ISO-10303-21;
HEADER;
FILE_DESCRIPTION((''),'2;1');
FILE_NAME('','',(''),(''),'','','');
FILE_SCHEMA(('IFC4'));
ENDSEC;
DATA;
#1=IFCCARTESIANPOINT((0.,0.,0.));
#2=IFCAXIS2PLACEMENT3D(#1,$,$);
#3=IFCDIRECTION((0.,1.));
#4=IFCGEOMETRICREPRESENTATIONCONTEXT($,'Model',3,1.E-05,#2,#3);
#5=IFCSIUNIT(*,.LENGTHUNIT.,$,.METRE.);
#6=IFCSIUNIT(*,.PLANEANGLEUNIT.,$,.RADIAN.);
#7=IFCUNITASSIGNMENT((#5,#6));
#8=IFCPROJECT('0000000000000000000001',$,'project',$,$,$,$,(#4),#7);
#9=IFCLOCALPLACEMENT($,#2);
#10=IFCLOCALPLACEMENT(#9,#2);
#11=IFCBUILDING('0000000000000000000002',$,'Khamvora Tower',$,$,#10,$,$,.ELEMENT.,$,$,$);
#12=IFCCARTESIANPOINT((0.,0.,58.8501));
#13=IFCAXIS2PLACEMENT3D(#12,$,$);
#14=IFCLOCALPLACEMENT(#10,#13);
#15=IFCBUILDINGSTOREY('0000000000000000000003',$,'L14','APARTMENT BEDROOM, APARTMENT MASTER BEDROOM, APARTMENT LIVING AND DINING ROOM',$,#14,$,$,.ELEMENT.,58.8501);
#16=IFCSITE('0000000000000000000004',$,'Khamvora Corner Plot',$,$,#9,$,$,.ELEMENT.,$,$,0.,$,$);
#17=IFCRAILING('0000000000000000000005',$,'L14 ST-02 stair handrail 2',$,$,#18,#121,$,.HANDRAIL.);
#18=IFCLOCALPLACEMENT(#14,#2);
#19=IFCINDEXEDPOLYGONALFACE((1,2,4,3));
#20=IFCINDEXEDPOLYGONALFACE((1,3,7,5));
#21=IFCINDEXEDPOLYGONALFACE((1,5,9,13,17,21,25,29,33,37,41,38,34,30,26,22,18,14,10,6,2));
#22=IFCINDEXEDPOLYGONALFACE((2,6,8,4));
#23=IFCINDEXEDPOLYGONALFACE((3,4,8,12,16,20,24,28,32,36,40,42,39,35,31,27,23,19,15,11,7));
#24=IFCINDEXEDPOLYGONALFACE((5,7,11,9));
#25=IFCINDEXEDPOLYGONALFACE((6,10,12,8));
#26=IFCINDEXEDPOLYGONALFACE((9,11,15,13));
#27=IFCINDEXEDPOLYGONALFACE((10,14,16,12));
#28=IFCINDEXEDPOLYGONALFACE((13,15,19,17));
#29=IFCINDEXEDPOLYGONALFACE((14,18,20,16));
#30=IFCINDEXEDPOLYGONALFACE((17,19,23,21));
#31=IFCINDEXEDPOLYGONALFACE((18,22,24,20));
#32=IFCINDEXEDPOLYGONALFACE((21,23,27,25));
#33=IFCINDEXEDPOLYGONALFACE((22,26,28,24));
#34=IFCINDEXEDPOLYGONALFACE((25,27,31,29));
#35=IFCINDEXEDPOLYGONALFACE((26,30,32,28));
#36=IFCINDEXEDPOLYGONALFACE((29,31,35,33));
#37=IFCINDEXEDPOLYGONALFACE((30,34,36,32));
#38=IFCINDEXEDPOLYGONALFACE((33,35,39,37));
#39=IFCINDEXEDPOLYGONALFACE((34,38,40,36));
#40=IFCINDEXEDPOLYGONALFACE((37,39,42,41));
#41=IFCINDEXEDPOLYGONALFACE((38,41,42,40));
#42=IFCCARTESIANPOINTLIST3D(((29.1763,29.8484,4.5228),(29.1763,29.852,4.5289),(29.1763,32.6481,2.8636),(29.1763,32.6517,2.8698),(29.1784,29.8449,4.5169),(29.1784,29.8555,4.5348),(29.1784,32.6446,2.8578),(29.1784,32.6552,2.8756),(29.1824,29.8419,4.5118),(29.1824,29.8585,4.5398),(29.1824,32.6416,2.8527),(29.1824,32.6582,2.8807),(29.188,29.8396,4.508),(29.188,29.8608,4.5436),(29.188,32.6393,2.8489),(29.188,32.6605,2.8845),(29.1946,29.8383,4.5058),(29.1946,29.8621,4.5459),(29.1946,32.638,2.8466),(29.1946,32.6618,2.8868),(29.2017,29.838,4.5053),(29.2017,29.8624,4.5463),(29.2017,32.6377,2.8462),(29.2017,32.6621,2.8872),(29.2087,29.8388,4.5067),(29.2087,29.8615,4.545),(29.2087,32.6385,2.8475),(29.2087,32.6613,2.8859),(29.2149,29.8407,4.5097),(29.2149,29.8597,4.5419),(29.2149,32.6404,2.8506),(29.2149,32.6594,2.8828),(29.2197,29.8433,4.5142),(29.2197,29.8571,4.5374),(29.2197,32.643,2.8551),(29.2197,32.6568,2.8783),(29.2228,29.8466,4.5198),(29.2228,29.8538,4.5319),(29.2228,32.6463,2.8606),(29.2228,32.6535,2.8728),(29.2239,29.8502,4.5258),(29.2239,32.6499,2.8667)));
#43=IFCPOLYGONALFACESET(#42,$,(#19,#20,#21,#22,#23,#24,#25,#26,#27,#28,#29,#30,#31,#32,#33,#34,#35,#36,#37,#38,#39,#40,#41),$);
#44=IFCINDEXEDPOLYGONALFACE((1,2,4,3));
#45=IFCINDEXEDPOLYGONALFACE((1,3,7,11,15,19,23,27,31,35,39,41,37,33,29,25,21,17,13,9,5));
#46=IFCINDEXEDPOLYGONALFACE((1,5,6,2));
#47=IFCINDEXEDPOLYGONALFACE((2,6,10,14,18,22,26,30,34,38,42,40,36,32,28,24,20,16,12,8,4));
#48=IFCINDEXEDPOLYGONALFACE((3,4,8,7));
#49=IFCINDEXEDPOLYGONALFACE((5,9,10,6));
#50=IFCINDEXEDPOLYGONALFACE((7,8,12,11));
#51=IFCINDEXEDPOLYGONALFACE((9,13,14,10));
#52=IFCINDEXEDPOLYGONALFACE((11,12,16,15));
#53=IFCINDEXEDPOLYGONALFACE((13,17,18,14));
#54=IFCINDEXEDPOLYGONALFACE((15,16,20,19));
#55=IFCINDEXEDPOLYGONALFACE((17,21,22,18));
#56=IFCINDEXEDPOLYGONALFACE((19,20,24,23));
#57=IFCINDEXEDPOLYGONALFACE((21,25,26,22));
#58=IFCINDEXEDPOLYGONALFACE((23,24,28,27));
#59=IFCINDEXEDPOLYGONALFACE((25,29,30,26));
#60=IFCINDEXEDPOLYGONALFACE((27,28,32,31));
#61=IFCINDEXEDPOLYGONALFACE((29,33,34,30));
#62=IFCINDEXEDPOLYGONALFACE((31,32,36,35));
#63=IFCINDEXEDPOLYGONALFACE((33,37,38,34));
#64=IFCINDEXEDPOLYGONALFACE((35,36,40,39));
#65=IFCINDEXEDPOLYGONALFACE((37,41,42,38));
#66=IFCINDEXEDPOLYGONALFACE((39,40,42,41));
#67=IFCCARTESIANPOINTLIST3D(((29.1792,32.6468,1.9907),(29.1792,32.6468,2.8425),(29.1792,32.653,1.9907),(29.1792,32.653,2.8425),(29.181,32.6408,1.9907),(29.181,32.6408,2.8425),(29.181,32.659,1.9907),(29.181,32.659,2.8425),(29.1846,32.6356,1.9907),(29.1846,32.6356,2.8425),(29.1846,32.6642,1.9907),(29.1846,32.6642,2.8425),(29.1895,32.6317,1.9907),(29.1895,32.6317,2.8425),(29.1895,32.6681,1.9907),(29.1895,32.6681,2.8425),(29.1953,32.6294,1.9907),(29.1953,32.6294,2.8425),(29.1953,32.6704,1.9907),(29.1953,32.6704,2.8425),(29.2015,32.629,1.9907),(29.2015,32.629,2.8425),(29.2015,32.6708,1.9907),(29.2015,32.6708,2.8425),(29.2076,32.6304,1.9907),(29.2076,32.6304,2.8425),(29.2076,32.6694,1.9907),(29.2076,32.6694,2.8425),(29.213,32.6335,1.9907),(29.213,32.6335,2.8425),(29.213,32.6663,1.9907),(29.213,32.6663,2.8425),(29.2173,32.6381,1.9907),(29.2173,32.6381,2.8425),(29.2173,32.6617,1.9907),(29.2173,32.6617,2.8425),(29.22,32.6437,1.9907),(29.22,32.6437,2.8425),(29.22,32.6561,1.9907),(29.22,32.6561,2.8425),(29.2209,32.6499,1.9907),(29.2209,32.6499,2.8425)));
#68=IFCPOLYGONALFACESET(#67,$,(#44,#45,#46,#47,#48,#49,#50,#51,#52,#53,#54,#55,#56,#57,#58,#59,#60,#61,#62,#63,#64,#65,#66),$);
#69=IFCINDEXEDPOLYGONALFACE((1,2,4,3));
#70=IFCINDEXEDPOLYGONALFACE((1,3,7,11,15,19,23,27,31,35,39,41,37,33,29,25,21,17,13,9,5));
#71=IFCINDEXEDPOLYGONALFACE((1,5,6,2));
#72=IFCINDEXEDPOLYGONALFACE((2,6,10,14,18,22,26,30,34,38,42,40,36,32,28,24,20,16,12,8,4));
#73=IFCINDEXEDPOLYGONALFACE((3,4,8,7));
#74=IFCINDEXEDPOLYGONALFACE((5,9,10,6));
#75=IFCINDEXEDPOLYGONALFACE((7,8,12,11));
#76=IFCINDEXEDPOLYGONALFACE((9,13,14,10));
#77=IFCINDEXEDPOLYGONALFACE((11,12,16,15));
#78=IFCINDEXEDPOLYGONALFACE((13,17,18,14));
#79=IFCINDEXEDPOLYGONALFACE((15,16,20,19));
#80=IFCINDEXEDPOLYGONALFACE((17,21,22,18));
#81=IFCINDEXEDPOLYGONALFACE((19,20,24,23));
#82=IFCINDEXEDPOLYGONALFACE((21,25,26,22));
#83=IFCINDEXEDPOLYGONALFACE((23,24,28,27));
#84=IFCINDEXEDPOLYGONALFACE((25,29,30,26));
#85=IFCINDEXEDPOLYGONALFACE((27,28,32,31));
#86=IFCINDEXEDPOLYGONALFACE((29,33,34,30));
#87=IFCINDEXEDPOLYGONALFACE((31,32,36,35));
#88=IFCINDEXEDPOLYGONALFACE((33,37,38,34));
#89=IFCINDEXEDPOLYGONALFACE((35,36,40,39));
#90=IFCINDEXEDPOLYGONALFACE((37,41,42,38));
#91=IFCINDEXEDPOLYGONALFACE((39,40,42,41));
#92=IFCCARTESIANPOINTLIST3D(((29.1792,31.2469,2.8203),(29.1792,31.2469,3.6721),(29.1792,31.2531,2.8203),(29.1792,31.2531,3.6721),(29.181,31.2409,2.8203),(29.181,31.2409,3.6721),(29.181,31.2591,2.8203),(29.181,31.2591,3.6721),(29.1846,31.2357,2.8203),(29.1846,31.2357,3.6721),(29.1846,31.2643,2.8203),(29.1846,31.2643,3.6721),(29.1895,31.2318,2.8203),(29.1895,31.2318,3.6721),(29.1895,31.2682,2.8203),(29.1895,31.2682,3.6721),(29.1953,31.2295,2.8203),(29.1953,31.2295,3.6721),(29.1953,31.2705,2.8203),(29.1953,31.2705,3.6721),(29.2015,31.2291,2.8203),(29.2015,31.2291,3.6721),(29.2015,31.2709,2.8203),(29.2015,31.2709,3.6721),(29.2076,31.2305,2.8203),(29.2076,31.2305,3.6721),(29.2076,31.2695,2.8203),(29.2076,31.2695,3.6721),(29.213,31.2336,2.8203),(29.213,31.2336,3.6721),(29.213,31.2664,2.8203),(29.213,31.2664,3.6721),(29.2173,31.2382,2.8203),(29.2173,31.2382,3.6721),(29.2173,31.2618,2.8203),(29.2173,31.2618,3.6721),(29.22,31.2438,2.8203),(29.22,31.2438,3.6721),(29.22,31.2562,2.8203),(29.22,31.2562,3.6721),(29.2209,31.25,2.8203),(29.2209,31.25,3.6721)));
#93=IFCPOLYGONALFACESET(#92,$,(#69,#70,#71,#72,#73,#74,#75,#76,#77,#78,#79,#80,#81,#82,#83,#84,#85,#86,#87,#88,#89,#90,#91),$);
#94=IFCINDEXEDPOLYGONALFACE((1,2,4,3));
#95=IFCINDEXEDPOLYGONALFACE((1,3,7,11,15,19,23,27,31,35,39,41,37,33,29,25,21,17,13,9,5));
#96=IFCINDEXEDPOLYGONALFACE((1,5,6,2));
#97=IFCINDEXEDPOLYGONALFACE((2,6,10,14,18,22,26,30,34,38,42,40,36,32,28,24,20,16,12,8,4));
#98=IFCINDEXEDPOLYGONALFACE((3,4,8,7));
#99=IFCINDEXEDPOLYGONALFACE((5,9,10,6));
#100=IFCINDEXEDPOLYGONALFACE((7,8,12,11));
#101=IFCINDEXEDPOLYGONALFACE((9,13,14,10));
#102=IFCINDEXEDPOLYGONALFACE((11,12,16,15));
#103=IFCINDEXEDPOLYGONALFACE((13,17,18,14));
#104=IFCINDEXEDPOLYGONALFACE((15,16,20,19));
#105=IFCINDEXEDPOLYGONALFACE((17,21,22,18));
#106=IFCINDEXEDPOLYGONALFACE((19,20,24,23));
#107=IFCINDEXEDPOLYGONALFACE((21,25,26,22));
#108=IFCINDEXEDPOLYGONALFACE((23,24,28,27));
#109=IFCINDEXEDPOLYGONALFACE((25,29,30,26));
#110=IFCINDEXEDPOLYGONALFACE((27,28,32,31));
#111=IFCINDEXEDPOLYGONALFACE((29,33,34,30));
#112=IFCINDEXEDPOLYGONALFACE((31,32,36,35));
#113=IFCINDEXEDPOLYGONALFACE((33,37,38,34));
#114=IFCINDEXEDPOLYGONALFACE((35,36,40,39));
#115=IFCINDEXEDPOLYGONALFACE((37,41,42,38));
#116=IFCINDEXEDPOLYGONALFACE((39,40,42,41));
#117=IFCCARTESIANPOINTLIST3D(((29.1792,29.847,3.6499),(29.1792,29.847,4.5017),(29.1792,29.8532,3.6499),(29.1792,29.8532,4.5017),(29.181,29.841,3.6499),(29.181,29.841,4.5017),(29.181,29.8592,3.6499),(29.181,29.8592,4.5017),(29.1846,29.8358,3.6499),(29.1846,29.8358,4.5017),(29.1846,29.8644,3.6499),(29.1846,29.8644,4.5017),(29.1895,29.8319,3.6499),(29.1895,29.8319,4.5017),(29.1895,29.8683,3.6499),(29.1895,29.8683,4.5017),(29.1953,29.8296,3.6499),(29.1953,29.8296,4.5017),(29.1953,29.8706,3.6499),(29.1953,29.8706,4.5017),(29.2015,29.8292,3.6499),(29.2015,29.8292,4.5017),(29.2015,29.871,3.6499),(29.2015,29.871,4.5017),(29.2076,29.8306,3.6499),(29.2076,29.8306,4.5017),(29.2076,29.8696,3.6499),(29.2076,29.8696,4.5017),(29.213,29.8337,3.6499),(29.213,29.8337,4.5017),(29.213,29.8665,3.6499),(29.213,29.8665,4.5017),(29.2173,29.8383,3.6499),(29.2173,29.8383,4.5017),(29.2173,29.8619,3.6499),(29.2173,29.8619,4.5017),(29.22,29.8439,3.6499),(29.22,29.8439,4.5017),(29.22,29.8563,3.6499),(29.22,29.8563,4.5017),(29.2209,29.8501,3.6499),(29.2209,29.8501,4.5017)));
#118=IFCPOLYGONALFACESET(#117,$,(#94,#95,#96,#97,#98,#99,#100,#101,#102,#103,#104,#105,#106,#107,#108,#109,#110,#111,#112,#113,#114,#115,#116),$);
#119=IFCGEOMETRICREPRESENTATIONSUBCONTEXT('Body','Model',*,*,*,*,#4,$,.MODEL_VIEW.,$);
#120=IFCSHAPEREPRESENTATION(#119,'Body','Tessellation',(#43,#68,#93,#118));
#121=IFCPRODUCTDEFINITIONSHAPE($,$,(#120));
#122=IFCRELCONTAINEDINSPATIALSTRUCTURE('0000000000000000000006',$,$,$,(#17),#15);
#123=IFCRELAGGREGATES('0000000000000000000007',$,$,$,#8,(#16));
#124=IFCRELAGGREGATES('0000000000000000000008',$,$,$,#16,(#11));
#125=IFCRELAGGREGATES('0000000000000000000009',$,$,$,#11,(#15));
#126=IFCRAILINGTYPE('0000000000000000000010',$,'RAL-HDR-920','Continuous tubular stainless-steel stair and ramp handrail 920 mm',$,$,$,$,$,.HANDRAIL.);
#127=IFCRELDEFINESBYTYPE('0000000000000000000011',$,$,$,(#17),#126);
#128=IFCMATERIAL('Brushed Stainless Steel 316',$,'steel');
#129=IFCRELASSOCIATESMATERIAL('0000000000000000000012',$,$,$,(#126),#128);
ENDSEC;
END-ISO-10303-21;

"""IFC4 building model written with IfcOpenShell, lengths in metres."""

from ifc_helpers import new_model, si_unit, direction, frame, origin, origin_2d, place, context, subcontext, project, spatial, circle, extrude, material, type_object, element, save


model = new_model("IFC4")

# Units and contexts
model_context = context("Model", 3, precision=1e-05, world=origin(), true_north=direction((0.0, 1.0)))
body_context = subcontext(model_context, "Body", "Model", "MODEL_VIEW")
ifc_project = project(units=[si_unit("LENGTHUNIT", "METRE"), si_unit("PLANEANGLEUNIT", "RADIAN")], contexts=[model_context])

# Site, building, storey
site_placement = place(None, origin())
site = spatial("IfcSite", under=ifc_project, at=site_placement, Name="Khamvora Corner Plot", CompositionType="ELEMENT", RefElevation=0.0)
building_placement = place(site_placement, origin())
building = spatial("IfcBuilding", under=site, at=building_placement, Name="Khamvora Tower", CompositionType="ELEMENT")
storey_placement = place(building_placement, frame((0.0, 0.0, 58.8501)))
storey = spatial("IfcBuildingStorey", under=building, at=storey_placement, Name="L14", Description="APARTMENT BEDROOM, APARTMENT MASTER BEDROOM, APARTMENT LIVING AND DINING ROOM", CompositionType="ELEMENT", Elevation=58.8501)

# Railing
ifc_material_1 = material(Name="Brushed Stainless Steel 316", Category="steel")
railing_type = type_object("IfcRailingType", Name="RAL-HDR-920", Description="Continuous tubular stainless-steel stair and ramp handrail 920 mm", PredefinedType="HANDRAIL", material=ifc_material_1)
railing_placement = place(storey_placement, frame((29.2, 32.6499, 1.9907)))
element("IfcRailing", 1, at=railing_placement, inside=storey, type_object=railing_type, Name="L14 ST-02 stair handrail 2", PredefinedType="HANDRAIL", context=body_context, shape_type="SweptSolid", body=[
    extrude(circle(Radius=0.0239, at=origin_2d()), frame((0.0, 0.0, 0.876), z_axis=(0.0, -0.860287, 0.509811), x_axis=(1.0, 0.0, 0.0)), (0.0, 0.0, 1.0), 3.2544),
    extrude(circle(Radius=0.021, at=origin_2d()), origin(), (0.0, 0.0, 1.0), 0.8518),
    extrude(circle(Radius=0.021, at=origin_2d()), frame((0.0, -1.3999, 0.8296)), (0.0, 0.0, 1.0), 0.8518),
    extrude(circle(Radius=0.021, at=origin_2d()), frame((0.0, -2.7998, 1.6592)), (0.0, 0.0, 1.0), 0.8518),
])

save(model, "model.ifc")
